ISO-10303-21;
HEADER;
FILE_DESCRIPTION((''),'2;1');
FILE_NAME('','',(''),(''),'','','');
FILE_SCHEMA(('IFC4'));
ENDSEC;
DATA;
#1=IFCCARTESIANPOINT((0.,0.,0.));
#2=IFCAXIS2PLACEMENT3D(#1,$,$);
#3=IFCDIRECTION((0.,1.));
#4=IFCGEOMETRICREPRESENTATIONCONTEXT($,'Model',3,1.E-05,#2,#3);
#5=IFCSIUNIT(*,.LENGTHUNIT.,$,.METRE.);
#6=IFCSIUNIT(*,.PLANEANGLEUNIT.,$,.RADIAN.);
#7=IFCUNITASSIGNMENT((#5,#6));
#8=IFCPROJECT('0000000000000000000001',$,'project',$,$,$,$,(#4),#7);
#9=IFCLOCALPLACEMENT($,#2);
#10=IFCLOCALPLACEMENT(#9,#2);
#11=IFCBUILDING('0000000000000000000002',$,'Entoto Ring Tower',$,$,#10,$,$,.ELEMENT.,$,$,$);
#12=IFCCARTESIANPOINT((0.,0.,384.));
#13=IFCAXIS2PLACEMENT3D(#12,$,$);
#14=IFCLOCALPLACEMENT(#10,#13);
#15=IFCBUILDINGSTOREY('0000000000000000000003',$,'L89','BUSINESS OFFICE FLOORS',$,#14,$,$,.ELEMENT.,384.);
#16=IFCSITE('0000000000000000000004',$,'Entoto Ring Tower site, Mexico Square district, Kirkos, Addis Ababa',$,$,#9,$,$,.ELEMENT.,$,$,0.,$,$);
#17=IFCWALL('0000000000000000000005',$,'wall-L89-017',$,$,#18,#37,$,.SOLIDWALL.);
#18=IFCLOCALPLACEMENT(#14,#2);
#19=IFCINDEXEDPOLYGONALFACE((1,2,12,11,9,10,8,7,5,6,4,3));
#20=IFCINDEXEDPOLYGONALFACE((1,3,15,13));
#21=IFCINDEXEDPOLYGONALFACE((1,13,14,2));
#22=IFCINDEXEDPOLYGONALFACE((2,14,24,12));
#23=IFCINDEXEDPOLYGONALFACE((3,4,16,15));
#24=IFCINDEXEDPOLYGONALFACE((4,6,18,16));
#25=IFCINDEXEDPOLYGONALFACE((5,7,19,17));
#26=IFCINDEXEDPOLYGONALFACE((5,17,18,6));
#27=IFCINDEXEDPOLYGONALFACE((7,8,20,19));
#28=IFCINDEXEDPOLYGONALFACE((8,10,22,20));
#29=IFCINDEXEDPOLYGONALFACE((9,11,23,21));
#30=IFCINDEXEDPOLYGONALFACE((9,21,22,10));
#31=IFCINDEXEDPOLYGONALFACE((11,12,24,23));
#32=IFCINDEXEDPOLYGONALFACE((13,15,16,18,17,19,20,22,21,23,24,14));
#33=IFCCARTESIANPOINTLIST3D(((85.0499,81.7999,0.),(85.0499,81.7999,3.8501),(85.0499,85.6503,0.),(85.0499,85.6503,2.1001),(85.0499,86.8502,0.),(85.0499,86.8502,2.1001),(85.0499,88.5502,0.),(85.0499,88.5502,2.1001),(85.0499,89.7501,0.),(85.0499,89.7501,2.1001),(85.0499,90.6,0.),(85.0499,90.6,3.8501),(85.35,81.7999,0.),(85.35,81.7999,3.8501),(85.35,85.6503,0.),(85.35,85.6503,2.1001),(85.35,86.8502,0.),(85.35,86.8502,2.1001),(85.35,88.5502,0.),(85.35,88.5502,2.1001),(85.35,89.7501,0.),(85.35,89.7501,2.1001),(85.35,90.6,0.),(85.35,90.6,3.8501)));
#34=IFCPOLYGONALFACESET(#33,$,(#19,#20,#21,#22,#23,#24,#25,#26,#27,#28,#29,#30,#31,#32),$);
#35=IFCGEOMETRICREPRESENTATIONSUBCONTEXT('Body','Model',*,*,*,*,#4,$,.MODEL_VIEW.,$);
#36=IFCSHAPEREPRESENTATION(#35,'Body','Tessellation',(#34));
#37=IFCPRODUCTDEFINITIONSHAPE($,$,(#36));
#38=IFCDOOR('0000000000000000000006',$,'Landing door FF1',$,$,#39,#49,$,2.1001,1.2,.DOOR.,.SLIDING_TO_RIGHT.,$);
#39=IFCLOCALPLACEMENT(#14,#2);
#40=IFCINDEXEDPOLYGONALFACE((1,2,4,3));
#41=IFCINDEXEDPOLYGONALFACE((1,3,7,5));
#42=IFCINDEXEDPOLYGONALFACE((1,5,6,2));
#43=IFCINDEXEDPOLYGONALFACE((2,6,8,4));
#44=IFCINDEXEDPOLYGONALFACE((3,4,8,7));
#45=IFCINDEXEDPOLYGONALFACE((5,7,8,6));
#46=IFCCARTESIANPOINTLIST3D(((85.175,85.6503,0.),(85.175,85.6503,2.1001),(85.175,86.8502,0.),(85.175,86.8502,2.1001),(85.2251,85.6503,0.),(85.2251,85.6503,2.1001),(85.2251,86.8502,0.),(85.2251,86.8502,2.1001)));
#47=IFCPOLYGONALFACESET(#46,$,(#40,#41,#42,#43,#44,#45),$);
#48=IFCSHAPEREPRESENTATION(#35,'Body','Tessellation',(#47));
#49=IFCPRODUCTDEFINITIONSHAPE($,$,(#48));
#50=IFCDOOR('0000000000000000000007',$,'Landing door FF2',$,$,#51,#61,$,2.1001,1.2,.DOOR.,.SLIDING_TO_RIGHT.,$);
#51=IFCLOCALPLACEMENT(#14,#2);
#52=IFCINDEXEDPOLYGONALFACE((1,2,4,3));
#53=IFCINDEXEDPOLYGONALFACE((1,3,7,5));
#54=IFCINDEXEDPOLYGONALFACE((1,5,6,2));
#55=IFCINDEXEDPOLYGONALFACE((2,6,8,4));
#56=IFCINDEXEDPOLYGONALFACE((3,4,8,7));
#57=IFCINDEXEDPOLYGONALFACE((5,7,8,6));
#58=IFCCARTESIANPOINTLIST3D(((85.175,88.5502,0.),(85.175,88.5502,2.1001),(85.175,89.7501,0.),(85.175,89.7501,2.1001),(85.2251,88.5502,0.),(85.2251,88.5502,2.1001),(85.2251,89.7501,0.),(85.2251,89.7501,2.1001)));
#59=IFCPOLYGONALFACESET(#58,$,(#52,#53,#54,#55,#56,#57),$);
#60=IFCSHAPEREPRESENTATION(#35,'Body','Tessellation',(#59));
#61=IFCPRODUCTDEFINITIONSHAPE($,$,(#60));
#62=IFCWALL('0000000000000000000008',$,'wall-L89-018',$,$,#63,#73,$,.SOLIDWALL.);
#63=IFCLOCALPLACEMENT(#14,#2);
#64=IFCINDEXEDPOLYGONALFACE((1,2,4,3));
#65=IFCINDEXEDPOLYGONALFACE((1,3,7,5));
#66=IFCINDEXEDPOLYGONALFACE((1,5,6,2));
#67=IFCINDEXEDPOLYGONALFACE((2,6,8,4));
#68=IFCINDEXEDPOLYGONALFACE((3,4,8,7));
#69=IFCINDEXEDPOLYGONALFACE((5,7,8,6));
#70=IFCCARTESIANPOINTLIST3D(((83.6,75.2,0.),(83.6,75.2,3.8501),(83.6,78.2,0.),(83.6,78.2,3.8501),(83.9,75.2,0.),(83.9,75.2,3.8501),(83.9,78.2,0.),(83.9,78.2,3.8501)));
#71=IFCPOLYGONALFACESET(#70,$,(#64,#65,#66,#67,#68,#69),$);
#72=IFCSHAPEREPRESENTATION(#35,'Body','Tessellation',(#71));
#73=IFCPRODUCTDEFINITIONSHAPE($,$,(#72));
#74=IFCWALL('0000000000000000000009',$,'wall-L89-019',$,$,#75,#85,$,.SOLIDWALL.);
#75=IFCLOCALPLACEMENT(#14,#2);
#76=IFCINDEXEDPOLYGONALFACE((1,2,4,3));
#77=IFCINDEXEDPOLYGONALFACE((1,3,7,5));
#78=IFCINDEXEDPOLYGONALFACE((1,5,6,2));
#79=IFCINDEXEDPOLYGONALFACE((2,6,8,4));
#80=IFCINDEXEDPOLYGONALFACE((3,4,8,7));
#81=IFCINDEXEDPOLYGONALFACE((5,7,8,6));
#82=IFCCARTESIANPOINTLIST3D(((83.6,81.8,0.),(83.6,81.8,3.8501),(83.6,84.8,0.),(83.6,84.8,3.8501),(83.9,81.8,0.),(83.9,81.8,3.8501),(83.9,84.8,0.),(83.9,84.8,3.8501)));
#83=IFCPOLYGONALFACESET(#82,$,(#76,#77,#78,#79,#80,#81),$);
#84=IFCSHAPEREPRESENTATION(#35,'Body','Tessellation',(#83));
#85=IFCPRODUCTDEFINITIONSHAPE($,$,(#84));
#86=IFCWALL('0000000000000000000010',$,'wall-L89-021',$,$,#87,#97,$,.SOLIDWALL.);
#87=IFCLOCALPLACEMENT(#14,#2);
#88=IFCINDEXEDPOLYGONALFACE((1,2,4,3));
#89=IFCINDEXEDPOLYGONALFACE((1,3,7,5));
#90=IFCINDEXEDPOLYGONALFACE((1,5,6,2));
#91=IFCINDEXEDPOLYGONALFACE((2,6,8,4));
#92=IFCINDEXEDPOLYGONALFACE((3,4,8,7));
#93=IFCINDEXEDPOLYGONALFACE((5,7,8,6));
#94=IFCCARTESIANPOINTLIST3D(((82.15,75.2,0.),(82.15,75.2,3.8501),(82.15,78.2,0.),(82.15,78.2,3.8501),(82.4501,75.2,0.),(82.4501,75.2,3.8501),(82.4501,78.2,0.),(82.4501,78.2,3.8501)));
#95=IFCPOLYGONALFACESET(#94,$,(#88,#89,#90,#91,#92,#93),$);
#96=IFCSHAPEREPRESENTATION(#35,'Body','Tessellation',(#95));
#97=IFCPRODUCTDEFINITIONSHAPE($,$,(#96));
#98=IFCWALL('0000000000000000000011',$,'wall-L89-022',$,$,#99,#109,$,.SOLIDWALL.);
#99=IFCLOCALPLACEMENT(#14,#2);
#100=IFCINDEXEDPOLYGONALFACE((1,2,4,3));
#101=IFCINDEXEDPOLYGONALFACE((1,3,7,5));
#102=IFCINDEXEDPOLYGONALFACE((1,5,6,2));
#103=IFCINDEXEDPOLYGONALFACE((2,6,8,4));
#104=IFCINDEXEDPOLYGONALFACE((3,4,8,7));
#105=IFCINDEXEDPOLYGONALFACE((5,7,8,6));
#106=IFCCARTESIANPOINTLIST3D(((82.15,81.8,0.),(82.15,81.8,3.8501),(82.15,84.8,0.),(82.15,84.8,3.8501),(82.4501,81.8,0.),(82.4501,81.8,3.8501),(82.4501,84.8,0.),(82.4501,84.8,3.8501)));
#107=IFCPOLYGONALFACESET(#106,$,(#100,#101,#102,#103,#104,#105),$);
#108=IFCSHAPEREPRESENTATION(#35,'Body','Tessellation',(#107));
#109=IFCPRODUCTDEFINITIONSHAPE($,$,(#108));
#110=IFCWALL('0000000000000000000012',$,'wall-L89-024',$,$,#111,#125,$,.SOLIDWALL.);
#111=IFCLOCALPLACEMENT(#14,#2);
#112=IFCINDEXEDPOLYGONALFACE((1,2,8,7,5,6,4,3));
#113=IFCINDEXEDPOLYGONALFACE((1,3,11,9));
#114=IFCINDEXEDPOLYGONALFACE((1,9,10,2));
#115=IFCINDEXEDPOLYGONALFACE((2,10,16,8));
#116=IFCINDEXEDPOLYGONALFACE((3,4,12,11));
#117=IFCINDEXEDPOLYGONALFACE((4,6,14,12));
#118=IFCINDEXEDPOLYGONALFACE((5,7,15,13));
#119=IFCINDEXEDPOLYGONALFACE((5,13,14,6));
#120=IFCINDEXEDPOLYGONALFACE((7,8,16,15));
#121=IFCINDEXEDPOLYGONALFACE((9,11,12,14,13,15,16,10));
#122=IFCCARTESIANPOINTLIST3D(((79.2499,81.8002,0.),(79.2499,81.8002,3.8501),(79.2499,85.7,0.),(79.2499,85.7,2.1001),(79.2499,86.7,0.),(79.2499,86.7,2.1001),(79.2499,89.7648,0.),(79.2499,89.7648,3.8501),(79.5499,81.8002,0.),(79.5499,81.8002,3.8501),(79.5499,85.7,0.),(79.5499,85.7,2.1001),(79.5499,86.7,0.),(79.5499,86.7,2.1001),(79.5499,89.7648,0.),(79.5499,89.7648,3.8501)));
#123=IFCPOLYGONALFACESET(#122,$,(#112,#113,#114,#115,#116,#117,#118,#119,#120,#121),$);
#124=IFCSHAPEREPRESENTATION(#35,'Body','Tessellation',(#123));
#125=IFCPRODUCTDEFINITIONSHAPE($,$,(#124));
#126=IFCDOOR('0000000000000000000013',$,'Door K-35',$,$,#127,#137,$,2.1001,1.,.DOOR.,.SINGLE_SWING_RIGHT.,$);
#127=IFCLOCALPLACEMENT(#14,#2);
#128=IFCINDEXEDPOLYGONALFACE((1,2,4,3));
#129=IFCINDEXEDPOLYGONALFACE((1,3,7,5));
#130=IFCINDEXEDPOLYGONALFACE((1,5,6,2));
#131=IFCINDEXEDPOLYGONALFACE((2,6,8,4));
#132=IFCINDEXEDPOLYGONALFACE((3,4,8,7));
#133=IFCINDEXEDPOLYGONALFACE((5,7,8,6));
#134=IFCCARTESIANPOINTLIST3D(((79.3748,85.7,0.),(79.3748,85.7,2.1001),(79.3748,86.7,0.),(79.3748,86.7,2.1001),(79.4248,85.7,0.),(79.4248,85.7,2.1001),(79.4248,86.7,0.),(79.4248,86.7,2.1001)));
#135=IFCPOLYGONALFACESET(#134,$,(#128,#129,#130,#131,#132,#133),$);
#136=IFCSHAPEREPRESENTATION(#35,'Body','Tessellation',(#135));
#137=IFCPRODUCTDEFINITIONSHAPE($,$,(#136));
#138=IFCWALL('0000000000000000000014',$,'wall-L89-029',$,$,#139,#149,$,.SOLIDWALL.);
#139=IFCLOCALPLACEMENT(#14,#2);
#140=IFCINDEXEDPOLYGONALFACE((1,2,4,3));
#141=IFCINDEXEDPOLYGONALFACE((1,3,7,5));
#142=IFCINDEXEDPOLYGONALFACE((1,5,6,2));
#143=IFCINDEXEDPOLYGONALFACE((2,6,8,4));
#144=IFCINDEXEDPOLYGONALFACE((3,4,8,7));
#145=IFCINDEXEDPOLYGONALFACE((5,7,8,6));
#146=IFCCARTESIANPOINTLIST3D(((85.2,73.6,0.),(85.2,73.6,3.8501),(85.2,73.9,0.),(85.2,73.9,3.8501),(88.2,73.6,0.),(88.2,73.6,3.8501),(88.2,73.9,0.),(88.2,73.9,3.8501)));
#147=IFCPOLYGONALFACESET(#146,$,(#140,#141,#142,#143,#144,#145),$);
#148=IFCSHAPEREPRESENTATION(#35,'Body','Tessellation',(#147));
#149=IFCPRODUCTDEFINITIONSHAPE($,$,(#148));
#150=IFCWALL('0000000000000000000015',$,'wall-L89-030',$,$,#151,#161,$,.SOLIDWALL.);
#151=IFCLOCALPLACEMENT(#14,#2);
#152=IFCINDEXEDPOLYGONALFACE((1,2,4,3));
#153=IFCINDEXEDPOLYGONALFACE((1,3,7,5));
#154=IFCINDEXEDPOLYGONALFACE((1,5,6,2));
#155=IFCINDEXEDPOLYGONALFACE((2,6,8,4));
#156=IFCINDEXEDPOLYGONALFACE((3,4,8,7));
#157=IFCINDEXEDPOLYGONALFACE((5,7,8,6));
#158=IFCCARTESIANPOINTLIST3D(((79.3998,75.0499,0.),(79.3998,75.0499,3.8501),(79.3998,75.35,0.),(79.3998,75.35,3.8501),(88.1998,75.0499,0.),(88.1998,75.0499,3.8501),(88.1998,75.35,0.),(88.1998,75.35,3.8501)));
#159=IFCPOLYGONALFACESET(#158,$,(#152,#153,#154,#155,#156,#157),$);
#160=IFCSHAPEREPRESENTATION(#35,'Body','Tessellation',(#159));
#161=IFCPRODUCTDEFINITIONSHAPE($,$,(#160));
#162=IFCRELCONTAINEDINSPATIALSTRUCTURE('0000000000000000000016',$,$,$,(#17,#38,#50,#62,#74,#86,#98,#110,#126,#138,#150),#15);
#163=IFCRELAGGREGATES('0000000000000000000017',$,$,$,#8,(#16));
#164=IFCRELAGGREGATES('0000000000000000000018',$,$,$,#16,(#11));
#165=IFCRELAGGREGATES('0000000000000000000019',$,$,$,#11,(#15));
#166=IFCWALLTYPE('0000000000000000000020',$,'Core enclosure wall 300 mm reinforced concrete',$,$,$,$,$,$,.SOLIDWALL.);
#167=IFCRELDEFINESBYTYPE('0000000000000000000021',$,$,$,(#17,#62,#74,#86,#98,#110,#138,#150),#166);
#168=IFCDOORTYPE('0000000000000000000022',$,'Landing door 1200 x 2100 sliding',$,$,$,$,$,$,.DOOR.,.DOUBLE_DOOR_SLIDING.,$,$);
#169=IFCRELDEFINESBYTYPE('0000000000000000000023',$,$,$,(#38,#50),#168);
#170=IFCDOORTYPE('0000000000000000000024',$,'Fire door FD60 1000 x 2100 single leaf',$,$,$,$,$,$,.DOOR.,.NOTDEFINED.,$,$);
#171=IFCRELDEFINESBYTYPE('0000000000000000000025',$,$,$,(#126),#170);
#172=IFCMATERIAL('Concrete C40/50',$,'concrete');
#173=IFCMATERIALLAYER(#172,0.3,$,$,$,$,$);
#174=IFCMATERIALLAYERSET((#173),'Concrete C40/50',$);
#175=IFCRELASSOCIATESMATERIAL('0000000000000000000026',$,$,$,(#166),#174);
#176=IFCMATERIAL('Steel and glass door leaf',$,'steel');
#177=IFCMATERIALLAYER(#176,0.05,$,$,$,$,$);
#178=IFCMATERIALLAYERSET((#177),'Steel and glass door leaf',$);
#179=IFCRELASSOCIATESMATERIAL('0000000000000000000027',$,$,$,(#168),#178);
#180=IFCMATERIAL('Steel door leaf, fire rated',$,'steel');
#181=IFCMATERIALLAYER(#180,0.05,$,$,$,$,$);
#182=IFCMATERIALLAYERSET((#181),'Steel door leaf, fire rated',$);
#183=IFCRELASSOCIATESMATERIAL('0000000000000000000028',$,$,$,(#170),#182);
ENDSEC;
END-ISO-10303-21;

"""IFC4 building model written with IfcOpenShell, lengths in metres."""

from ifc_helpers import new_model, si_unit, direction, frame, frame_2d, origin, place, context, subcontext, project, spatial, rectangle, extrude, material, layer, layer_set, type_object, element, fill, save


model = new_model("IFC4")

# Units and contexts
model_context = context("Model", 3, precision=1e-05, world=origin(), true_north=direction((0.0, 1.0)))
body_context = subcontext(model_context, "Body", "Model", "MODEL_VIEW")
ifc_project = project(units=[si_unit("LENGTHUNIT", "METRE"), si_unit("PLANEANGLEUNIT", "RADIAN")], contexts=[model_context])

# Site, building, storey
site_placement = place(None, origin())
site = spatial("IfcSite", under=ifc_project, at=site_placement, Name="Entoto Ring Tower site, Mexico Square district, Kirkos, Addis Ababa", CompositionType="ELEMENT", RefElevation=0.0)
building_placement = place(site_placement, origin())
building = spatial("IfcBuilding", under=site, at=building_placement, Name="Entoto Ring Tower", CompositionType="ELEMENT")
storey_placement = place(building_placement, frame((0.0, 0.0, 384.0)))
storey = spatial("IfcBuildingStorey", under=building, at=storey_placement, Name="L89", Description="BUSINESS OFFICE FLOORS", CompositionType="ELEMENT", Elevation=384.0)

# Wall, openings, doors
ifc_material_1 = material(Name="Concrete C40/50", Category="concrete")
ifc_layer_1 = layer(ifc_material_1, 0.3)
ifc_layer_set_1 = layer_set([ifc_layer_1], Name="Concrete C40/50")
wall_type = type_object("IfcWallType", Name="Core enclosure wall 300 mm reinforced concrete", PredefinedType="SOLIDWALL", material=ifc_layer_set_1)
wall_1_placement = place(storey_placement, frame((85.2, 81.8, 0.0), z_axis=(0.0, 0.0, 1.0), x_axis=(0.0, 1.0, 0.0)))
wall_1 = element("IfcWall", 1, at=wall_1_placement, inside=storey, type_object=wall_type, Name="wall-L89-017", PredefinedType="SOLIDWALL", context=body_context, shape_type="SweptSolid", body=[
    extrude(rectangle(XDim=8.8, YDim=0.3, at=frame_2d((4.3999, 0.0))), origin(), (0.0, 0.0, 1.0), 3.8501),
])
opening_1_placement = place(wall_1_placement, frame((3.8501, 0.0, 0.0)))
opening_1 = element("IfcOpeningElement", 2, at=opening_1_placement, cuts=wall_1, PredefinedType="OPENING", context=body_context, shape_type="SweptSolid", body=[
    extrude(rectangle(XDim=1.2, YDim=2.1001, at=frame_2d((0.6001, 1.05))), frame((0.0, 0.1602, 0.0), z_axis=(0.0, -1.0, 0.0), x_axis=(1.0, 0.0, 0.0)), (0.0, 0.0, 1.0), 0.3201),
])
opening_2_placement = place(wall_1_placement, frame((6.75, 0.0, 0.0)))
opening_2 = element("IfcOpeningElement", 3, at=opening_2_placement, cuts=wall_1, PredefinedType="OPENING", context=body_context, shape_type="SweptSolid", body=[
    extrude(rectangle(XDim=1.2, YDim=2.1001, at=frame_2d((0.6001, 1.05))), frame((0.0, 0.1602, 0.0), z_axis=(0.0, -1.0, 0.0), x_axis=(1.0, 0.0, 0.0)), (0.0, 0.0, 1.0), 0.3201),
])
ifc_material_2 = material(Name="Steel and glass door leaf", Category="steel")
ifc_layer_2 = layer(ifc_material_2, 0.05)
ifc_layer_set_2 = layer_set([ifc_layer_2], Name="Steel and glass door leaf")
door_type_1 = type_object("IfcDoorType", Name="Landing door 1200 x 2100 sliding", OperationType="DOUBLE_DOOR_SLIDING", PredefinedType="DOOR", material=ifc_layer_set_2)
door_1_placement = place(opening_1_placement, origin())
door_1 = element("IfcDoor", 4, at=door_1_placement, inside=storey, type_object=door_type_1, Name="Landing door FF1", OperationType="SLIDING_TO_RIGHT", OverallHeight=2.1001, OverallWidth=1.2, PredefinedType="DOOR", context=body_context, shape_type="SweptSolid", body=[
    extrude(rectangle(XDim=1.2, YDim=2.1001, at=frame_2d((0.6001, 1.05))), frame((0.0, 0.0249, 0.0), z_axis=(0.0, -1.0, 0.0), x_axis=(1.0, 0.0, 0.0)), (0.0, 0.0, 1.0), 0.05),
])
fill(opening_1, door_1)
door_2_placement = place(opening_2_placement, origin())
door_2 = element("IfcDoor", 5, at=door_2_placement, inside=storey, type_object=door_type_1, Name="Landing door FF2", OperationType="SLIDING_TO_RIGHT", OverallHeight=2.1001, OverallWidth=1.2, PredefinedType="DOOR", context=body_context, shape_type="SweptSolid", body=[
    extrude(rectangle(XDim=1.2, YDim=2.1001, at=frame_2d((0.6001, 1.05))), frame((0.0, 0.0249, 0.0), z_axis=(0.0, -1.0, 0.0), x_axis=(1.0, 0.0, 0.0)), (0.0, 0.0, 1.0), 0.05),
])
fill(opening_2, door_2)

# Walls
for number, where, z_axis, x_axis, name in (
    (6, (83.75, 75.2, 0.0), (0.0, 0.0, 1.0), (0.0, 1.0, 0.0), "wall-L89-018"),
    (7, (83.75, 81.8, 0.0), (0.0, 0.0, 1.0), (0.0, 1.0, 0.0), "wall-L89-019"),
    (8, (82.3, 75.2, 0.0), (0.0, 0.0, 1.0), (0.0, 1.0, 0.0), "wall-L89-021"),
    (9, (82.3, 81.8, 0.0), (0.0, 0.0, 1.0), (0.0, 1.0, 0.0), "wall-L89-022"),
):
    element("IfcWall", number, at=place(storey_placement, frame(where, z_axis=z_axis, x_axis=x_axis)), inside=storey, type_object=wall_type, Name=name, PredefinedType="SOLIDWALL", context=body_context, shape_type="SweptSolid", body=[
        extrude(rectangle(XDim=3.0, YDim=0.3, at=frame_2d((1.5, 0.0))), origin(), (0.0, 0.0, 1.0), 3.8501),
    ])

# Wall, opening, door
wall_2_placement = place(storey_placement, frame((79.3999, 81.8, 0.0), z_axis=(0.0, 0.0, 1.0), x_axis=(0.0, 1.0, 0.0)))
wall_2 = element("IfcWall", 10, at=wall_2_placement, inside=storey, type_object=wall_type, Name="wall-L89-024", PredefinedType="SOLIDWALL", context=body_context, shape_type="SweptSolid", body=[
    extrude(rectangle(XDim=7.9646, YDim=0.3, at=frame_2d((3.9824, 0.0))), origin(), (0.0, 0.0, 1.0), 3.8501),
])
opening_3_placement = place(wall_2_placement, frame((3.8999, 0.0, 0.0)))
opening_3 = element("IfcOpeningElement", 11, at=opening_3_placement, cuts=wall_2, PredefinedType="OPENING", context=body_context, shape_type="SweptSolid", body=[
    extrude(rectangle(XDim=1.0, YDim=2.1001, at=frame_2d((0.5, 1.05))), frame((0.0, 0.1602, 0.0), z_axis=(0.0, -1.0, 0.0), x_axis=(1.0, 0.0, 0.0)), (0.0, 0.0, 1.0), 0.3201),
])
ifc_material_3 = material(Name="Steel door leaf, fire rated", Category="steel")
ifc_layer_3 = layer(ifc_material_3, 0.05)
ifc_layer_set_3 = layer_set([ifc_layer_3], Name="Steel door leaf, fire rated")
door_type_2 = type_object("IfcDoorType", Name="Fire door FD60 1000 x 2100 single leaf", OperationType="NOTDEFINED", PredefinedType="DOOR", material=ifc_layer_set_3)
door_3_placement = place(opening_3_placement, frame((1.0, 0.0, 0.0), z_axis=(0.0, 0.0, 1.0), x_axis=(-1.0, 0.0, 0.0)))
door_3 = element("IfcDoor", 12, at=door_3_placement, inside=storey, type_object=door_type_2, Name="Door K-35", OperationType="SINGLE_SWING_RIGHT", OverallHeight=2.1001, OverallWidth=1.0, PredefinedType="DOOR", context=body_context, shape_type="SweptSolid", body=[
    extrude(rectangle(XDim=1.0, YDim=2.1001, at=frame_2d((0.5, 1.05))), frame((0.0, 0.0249, 0.0), z_axis=(0.0, -1.0, 0.0), x_axis=(1.0, 0.0, 0.0)), (0.0, 0.0, 1.0), 0.05),
])
fill(opening_3, door_3)

# Walls
wall_3_placement = place(storey_placement, frame((85.2, 73.75, 0.0), z_axis=(0.0, 0.0, 1.0), x_axis=(1.0, 0.0, 0.0)))
element("IfcWall", 13, at=wall_3_placement, inside=storey, type_object=wall_type, Name="wall-L89-029", PredefinedType="SOLIDWALL", context=body_context, shape_type="SweptSolid", body=[
    extrude(rectangle(XDim=3.0, YDim=0.3, at=frame_2d((1.5, 0.0))), origin(), (0.0, 0.0, 1.0), 3.8501),
])
wall_4_placement = place(storey_placement, frame((79.3999, 75.2, 0.0), z_axis=(0.0, 0.0, 1.0), x_axis=(1.0, 0.0, 0.0)))
element("IfcWall", 14, at=wall_4_placement, inside=storey, type_object=wall_type, Name="wall-L89-030", PredefinedType="SOLIDWALL", context=body_context, shape_type="SweptSolid", body=[
    extrude(rectangle(XDim=8.8, YDim=0.3, at=frame_2d((4.3999, 0.0))), origin(), (0.0, 0.0, 1.0), 3.8501),
])

save(model, "model.ifc")
